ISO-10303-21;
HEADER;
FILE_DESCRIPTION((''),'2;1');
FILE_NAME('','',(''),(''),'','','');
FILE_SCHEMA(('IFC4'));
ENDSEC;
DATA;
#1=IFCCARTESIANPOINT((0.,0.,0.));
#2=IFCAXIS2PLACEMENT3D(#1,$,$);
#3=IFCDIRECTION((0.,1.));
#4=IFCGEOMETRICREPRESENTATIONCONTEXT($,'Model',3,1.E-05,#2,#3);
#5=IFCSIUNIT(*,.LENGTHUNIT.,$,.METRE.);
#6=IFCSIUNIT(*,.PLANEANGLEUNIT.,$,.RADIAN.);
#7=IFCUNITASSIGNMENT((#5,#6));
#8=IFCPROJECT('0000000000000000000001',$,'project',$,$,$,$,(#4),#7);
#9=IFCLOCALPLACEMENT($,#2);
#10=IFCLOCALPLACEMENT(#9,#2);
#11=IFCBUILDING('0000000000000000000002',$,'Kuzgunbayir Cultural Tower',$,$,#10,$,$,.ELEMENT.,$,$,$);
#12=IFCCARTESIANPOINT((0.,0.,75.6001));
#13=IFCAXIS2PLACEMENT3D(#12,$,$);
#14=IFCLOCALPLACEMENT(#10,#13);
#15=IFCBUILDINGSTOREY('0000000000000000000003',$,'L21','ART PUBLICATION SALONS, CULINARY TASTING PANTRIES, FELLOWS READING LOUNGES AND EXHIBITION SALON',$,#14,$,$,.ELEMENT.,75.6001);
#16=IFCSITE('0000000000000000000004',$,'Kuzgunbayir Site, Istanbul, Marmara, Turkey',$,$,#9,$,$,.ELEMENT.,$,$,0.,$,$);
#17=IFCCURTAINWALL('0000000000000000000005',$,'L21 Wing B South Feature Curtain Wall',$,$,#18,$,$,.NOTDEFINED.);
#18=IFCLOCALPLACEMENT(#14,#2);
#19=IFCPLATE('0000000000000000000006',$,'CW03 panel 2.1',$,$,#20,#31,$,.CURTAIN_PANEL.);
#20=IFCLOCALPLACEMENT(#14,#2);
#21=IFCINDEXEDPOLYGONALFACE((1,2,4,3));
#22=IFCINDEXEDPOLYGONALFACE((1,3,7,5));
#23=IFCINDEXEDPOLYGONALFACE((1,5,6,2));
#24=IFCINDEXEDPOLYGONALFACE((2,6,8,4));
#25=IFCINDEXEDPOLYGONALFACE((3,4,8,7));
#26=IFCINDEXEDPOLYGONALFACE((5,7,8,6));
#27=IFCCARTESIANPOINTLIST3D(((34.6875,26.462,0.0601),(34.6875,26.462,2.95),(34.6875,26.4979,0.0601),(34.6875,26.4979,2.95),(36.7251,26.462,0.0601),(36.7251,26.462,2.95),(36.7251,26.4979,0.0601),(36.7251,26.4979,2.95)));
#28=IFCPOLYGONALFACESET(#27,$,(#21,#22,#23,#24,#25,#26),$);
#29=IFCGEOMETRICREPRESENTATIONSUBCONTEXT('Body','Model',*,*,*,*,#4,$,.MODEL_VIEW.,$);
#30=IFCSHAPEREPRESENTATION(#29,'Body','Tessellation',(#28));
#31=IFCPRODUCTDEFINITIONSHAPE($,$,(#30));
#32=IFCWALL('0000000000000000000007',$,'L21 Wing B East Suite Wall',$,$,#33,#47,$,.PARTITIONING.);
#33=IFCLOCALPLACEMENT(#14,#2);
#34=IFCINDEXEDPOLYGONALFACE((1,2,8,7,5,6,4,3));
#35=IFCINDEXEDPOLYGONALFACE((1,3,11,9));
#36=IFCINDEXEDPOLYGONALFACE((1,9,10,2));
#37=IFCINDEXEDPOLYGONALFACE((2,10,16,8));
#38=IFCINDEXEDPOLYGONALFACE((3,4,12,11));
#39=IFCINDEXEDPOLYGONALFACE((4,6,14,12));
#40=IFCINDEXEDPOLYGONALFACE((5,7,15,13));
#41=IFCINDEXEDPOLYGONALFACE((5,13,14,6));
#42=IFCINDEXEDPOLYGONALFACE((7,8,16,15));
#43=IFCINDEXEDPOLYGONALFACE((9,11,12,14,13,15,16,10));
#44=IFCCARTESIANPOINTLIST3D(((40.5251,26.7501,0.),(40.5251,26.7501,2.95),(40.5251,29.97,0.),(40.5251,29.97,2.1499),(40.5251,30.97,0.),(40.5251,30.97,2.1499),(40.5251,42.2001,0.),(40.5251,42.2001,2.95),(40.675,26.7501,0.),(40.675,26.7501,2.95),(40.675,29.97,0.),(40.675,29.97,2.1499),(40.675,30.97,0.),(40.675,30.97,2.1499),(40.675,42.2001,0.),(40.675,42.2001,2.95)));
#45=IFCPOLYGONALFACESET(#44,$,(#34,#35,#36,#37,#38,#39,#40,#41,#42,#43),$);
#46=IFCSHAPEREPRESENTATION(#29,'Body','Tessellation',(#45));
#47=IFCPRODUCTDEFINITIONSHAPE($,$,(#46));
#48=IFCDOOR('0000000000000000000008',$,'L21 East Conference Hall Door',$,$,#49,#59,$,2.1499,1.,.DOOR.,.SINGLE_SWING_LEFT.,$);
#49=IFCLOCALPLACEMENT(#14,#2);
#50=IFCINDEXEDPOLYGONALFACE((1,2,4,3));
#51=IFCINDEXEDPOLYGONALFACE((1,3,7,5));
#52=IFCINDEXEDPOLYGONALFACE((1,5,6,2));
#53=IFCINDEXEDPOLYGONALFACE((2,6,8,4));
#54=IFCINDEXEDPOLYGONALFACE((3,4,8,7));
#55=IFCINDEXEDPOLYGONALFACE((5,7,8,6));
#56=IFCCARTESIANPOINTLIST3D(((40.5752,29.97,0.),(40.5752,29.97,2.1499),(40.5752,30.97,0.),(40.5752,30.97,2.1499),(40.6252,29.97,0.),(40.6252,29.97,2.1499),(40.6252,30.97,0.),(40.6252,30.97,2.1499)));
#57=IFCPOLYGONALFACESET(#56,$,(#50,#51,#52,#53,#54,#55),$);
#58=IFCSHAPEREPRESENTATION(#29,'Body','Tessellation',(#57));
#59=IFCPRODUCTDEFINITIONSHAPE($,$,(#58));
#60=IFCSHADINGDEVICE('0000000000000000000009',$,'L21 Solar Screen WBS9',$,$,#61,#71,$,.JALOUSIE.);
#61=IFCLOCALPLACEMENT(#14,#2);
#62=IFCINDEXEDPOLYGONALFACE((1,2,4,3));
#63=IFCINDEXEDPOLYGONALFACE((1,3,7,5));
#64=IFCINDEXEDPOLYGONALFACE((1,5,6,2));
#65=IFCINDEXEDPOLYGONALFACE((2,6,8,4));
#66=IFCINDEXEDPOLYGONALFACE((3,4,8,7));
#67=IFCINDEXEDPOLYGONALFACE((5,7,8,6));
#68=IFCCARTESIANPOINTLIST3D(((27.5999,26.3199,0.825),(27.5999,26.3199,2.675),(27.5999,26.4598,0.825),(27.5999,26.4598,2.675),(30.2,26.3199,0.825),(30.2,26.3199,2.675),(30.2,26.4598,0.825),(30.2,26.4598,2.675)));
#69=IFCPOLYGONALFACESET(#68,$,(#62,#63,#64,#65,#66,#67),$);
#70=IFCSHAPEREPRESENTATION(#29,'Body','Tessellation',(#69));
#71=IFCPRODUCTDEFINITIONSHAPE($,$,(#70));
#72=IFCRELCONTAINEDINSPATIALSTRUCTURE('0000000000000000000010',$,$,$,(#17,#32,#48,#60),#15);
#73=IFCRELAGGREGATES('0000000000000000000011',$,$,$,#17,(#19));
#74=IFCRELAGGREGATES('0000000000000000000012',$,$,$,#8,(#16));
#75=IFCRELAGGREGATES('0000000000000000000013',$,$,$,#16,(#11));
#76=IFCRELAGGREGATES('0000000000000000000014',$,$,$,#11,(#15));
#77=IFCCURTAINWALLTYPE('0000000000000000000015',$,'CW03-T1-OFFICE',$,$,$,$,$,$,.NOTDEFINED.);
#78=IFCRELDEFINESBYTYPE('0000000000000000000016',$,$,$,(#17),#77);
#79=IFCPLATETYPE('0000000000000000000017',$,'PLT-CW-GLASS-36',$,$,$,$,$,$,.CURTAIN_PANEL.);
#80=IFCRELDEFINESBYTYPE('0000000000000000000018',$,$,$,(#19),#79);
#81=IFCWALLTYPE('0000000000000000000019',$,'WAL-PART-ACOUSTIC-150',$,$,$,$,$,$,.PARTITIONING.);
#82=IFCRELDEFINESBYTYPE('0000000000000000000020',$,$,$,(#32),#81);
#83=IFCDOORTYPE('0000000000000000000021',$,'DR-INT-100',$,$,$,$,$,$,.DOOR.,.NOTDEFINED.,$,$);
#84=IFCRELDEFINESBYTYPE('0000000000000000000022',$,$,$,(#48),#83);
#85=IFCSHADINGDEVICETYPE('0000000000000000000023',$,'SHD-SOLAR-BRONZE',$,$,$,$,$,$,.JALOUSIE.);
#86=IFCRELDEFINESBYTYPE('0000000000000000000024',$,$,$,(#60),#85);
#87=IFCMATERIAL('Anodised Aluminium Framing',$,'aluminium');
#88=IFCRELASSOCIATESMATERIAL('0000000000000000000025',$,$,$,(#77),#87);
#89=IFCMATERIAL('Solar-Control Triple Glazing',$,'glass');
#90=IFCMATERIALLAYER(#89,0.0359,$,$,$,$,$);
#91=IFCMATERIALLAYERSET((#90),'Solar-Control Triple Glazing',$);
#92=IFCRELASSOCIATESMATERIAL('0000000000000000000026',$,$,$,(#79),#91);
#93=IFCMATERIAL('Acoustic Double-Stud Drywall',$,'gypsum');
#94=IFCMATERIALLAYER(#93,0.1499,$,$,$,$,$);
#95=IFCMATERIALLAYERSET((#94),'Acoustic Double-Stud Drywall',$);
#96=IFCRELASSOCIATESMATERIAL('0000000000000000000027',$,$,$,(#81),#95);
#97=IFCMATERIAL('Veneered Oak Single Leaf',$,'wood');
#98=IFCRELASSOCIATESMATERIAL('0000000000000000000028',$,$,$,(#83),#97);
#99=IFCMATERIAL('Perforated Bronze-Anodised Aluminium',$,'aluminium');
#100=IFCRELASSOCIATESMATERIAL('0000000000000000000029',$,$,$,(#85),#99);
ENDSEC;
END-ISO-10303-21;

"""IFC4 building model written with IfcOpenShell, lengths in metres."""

from ifc_helpers import new_model, si_unit, direction, frame, frame_2d, origin, origin_2d, place, context, subcontext, project, spatial, rectangle, extrude, material, layer, layer_set, type_object, element, fill, aggregate, save


model = new_model("IFC4")

# Units and contexts
model_context = context("Model", 3, precision=1e-05, world=origin(), true_north=direction((0.0, 1.0)))
body_context = subcontext(model_context, "Body", "Model", "MODEL_VIEW")
ifc_project = project(units=[si_unit("LENGTHUNIT", "METRE"), si_unit("PLANEANGLEUNIT", "RADIAN")], contexts=[model_context])

# Site, building, storey
site_placement = place(None, origin())
site = spatial("IfcSite", under=ifc_project, at=site_placement, Name="Kuzgunbayir Site, Istanbul, Marmara, Turkey", CompositionType="ELEMENT", RefElevation=0.0)
building_placement = place(site_placement, origin())
building = spatial("IfcBuilding", under=site, at=building_placement, Name="Kuzgunbayir Cultural Tower", CompositionType="ELEMENT")
storey_placement = place(building_placement, frame((0.0, 0.0, 75.6001)))
storey = spatial("IfcBuildingStorey", under=building, at=storey_placement, Name="L21", Description="ART PUBLICATION SALONS, CULINARY TASTING PANTRIES, FELLOWS READING LOUNGES AND EXHIBITION SALON", CompositionType="ELEMENT", Elevation=75.6001)

# Curtain wall, plate
ifc_material_1 = material(Name="Anodised Aluminium Framing", Category="aluminium")
curtain_wall_type = type_object("IfcCurtainWallType", Name="CW03-T1-OFFICE", PredefinedType="NOTDEFINED", material=ifc_material_1)
curtain_wall_placement = place(storey_placement, origin())
curtain_wall = element("IfcCurtainWall", 1, at=curtain_wall_placement, inside=storey, type_object=curtain_wall_type, Name="L21 Wing B South Feature Curtain Wall", PredefinedType="NOTDEFINED")
ifc_material_2 = material(Name="Solar-Control Triple Glazing", Category="glass")
ifc_layer_1 = layer(ifc_material_2, 0.0359)
ifc_layer_set_1 = layer_set([ifc_layer_1], Name="Solar-Control Triple Glazing")
plate_type = type_object("IfcPlateType", Name="PLT-CW-GLASS-36", PredefinedType="CURTAIN_PANEL", material=ifc_layer_set_1)
plate_1_placement = place(storey_placement, frame((35.7063, 26.48, 0.0601), z_axis=(0.0, 0.0, 1.0), x_axis=(1.0, 0.0, 0.0)))
plate_1 = element("IfcPlate", 2, at=plate_1_placement, type_object=plate_type, Name="CW03 panel 2.1", PredefinedType="CURTAIN_PANEL", context=body_context, shape_type="SweptSolid", body=[
    extrude(rectangle(XDim=2.0376, YDim=0.0359, at=origin_2d()), origin(), (0.0, 0.0, 1.0), 2.8899),
])
aggregate(curtain_wall, [plate_1])

# Wall, opening, door
ifc_material_3 = material(Name="Acoustic Double-Stud Drywall", Category="gypsum")
ifc_layer_2 = layer(ifc_material_3, 0.1499)
ifc_layer_set_2 = layer_set([ifc_layer_2], Name="Acoustic Double-Stud Drywall")
wall_type = type_object("IfcWallType", Name="WAL-PART-ACOUSTIC-150", PredefinedType="PARTITIONING", material=ifc_layer_set_2)
wall_placement = place(storey_placement, frame((40.6001, 26.75, 0.0), z_axis=(0.0, 0.0, 1.0), x_axis=(0.0, 1.0, 0.0)))
wall = element("IfcWall", 3, at=wall_placement, inside=storey, type_object=wall_type, Name="L21 Wing B East Suite Wall", PredefinedType="PARTITIONING", context=body_context, shape_type="SweptSolid", body=[
    extrude(rectangle(XDim=15.45, YDim=0.1499, at=frame_2d((7.7251, 0.0))), origin(), (0.0, 0.0, 1.0), 2.95),
])
opening_placement = place(wall_placement, frame((3.22, 0.0, 0.0)))
opening = element("IfcOpeningElement", 4, at=opening_placement, cuts=wall, PredefinedType="OPENING", context=body_context, shape_type="SweptSolid", body=[
    extrude(rectangle(XDim=1.0, YDim=2.1499, at=frame_2d((0.5, 1.075))), frame((0.0, 0.085, 0.0), z_axis=(0.0, -1.0, 0.0), x_axis=(1.0, 0.0, 0.0)), (0.0, 0.0, 1.0), 0.1699),
])
ifc_material_4 = material(Name="Veneered Oak Single Leaf", Category="wood")
door_type = type_object("IfcDoorType", Name="DR-INT-100", OperationType="NOTDEFINED", PredefinedType="DOOR", material=ifc_material_4)
door_placement = place(opening_placement, origin())
door = element("IfcDoor", 5, at=door_placement, inside=storey, type_object=door_type, Name="L21 East Conference Hall Door", OperationType="SINGLE_SWING_LEFT", OverallHeight=2.1499, OverallWidth=1.0, PredefinedType="DOOR", context=body_context, shape_type="SweptSolid", body=[
    extrude(rectangle(XDim=1.0, YDim=2.1499, at=frame_2d((0.5, 1.075))), frame((0.0, 0.0249, 0.0), z_axis=(0.0, -1.0, 0.0), x_axis=(1.0, 0.0, 0.0)), (0.0, 0.0, 1.0), 0.05),
])
fill(opening, door)

# Shading device
ifc_material_5 = material(Name="Perforated Bronze-Anodised Aluminium", Category="aluminium")
shading_device_type = type_object("IfcShadingDeviceType", Name="SHD-SOLAR-BRONZE", PredefinedType="JALOUSIE", material=ifc_material_5)
shading_device_placement = place(storey_placement, frame((28.8999, 26.3899, 0.825), z_axis=(0.0, 0.0, 1.0), x_axis=(1.0, 0.0, 0.0)))
element("IfcShadingDevice", 6, at=shading_device_placement, inside=storey, type_object=shading_device_type, Name="L21 Solar Screen WBS9", PredefinedType="JALOUSIE", context=body_context, shape_type="SweptSolid", body=[
    extrude(rectangle(XDim=2.6001, YDim=0.1399, at=origin_2d()), origin(), (0.0, 0.0, 1.0), 1.8501),
])

save(model, "model.ifc")
